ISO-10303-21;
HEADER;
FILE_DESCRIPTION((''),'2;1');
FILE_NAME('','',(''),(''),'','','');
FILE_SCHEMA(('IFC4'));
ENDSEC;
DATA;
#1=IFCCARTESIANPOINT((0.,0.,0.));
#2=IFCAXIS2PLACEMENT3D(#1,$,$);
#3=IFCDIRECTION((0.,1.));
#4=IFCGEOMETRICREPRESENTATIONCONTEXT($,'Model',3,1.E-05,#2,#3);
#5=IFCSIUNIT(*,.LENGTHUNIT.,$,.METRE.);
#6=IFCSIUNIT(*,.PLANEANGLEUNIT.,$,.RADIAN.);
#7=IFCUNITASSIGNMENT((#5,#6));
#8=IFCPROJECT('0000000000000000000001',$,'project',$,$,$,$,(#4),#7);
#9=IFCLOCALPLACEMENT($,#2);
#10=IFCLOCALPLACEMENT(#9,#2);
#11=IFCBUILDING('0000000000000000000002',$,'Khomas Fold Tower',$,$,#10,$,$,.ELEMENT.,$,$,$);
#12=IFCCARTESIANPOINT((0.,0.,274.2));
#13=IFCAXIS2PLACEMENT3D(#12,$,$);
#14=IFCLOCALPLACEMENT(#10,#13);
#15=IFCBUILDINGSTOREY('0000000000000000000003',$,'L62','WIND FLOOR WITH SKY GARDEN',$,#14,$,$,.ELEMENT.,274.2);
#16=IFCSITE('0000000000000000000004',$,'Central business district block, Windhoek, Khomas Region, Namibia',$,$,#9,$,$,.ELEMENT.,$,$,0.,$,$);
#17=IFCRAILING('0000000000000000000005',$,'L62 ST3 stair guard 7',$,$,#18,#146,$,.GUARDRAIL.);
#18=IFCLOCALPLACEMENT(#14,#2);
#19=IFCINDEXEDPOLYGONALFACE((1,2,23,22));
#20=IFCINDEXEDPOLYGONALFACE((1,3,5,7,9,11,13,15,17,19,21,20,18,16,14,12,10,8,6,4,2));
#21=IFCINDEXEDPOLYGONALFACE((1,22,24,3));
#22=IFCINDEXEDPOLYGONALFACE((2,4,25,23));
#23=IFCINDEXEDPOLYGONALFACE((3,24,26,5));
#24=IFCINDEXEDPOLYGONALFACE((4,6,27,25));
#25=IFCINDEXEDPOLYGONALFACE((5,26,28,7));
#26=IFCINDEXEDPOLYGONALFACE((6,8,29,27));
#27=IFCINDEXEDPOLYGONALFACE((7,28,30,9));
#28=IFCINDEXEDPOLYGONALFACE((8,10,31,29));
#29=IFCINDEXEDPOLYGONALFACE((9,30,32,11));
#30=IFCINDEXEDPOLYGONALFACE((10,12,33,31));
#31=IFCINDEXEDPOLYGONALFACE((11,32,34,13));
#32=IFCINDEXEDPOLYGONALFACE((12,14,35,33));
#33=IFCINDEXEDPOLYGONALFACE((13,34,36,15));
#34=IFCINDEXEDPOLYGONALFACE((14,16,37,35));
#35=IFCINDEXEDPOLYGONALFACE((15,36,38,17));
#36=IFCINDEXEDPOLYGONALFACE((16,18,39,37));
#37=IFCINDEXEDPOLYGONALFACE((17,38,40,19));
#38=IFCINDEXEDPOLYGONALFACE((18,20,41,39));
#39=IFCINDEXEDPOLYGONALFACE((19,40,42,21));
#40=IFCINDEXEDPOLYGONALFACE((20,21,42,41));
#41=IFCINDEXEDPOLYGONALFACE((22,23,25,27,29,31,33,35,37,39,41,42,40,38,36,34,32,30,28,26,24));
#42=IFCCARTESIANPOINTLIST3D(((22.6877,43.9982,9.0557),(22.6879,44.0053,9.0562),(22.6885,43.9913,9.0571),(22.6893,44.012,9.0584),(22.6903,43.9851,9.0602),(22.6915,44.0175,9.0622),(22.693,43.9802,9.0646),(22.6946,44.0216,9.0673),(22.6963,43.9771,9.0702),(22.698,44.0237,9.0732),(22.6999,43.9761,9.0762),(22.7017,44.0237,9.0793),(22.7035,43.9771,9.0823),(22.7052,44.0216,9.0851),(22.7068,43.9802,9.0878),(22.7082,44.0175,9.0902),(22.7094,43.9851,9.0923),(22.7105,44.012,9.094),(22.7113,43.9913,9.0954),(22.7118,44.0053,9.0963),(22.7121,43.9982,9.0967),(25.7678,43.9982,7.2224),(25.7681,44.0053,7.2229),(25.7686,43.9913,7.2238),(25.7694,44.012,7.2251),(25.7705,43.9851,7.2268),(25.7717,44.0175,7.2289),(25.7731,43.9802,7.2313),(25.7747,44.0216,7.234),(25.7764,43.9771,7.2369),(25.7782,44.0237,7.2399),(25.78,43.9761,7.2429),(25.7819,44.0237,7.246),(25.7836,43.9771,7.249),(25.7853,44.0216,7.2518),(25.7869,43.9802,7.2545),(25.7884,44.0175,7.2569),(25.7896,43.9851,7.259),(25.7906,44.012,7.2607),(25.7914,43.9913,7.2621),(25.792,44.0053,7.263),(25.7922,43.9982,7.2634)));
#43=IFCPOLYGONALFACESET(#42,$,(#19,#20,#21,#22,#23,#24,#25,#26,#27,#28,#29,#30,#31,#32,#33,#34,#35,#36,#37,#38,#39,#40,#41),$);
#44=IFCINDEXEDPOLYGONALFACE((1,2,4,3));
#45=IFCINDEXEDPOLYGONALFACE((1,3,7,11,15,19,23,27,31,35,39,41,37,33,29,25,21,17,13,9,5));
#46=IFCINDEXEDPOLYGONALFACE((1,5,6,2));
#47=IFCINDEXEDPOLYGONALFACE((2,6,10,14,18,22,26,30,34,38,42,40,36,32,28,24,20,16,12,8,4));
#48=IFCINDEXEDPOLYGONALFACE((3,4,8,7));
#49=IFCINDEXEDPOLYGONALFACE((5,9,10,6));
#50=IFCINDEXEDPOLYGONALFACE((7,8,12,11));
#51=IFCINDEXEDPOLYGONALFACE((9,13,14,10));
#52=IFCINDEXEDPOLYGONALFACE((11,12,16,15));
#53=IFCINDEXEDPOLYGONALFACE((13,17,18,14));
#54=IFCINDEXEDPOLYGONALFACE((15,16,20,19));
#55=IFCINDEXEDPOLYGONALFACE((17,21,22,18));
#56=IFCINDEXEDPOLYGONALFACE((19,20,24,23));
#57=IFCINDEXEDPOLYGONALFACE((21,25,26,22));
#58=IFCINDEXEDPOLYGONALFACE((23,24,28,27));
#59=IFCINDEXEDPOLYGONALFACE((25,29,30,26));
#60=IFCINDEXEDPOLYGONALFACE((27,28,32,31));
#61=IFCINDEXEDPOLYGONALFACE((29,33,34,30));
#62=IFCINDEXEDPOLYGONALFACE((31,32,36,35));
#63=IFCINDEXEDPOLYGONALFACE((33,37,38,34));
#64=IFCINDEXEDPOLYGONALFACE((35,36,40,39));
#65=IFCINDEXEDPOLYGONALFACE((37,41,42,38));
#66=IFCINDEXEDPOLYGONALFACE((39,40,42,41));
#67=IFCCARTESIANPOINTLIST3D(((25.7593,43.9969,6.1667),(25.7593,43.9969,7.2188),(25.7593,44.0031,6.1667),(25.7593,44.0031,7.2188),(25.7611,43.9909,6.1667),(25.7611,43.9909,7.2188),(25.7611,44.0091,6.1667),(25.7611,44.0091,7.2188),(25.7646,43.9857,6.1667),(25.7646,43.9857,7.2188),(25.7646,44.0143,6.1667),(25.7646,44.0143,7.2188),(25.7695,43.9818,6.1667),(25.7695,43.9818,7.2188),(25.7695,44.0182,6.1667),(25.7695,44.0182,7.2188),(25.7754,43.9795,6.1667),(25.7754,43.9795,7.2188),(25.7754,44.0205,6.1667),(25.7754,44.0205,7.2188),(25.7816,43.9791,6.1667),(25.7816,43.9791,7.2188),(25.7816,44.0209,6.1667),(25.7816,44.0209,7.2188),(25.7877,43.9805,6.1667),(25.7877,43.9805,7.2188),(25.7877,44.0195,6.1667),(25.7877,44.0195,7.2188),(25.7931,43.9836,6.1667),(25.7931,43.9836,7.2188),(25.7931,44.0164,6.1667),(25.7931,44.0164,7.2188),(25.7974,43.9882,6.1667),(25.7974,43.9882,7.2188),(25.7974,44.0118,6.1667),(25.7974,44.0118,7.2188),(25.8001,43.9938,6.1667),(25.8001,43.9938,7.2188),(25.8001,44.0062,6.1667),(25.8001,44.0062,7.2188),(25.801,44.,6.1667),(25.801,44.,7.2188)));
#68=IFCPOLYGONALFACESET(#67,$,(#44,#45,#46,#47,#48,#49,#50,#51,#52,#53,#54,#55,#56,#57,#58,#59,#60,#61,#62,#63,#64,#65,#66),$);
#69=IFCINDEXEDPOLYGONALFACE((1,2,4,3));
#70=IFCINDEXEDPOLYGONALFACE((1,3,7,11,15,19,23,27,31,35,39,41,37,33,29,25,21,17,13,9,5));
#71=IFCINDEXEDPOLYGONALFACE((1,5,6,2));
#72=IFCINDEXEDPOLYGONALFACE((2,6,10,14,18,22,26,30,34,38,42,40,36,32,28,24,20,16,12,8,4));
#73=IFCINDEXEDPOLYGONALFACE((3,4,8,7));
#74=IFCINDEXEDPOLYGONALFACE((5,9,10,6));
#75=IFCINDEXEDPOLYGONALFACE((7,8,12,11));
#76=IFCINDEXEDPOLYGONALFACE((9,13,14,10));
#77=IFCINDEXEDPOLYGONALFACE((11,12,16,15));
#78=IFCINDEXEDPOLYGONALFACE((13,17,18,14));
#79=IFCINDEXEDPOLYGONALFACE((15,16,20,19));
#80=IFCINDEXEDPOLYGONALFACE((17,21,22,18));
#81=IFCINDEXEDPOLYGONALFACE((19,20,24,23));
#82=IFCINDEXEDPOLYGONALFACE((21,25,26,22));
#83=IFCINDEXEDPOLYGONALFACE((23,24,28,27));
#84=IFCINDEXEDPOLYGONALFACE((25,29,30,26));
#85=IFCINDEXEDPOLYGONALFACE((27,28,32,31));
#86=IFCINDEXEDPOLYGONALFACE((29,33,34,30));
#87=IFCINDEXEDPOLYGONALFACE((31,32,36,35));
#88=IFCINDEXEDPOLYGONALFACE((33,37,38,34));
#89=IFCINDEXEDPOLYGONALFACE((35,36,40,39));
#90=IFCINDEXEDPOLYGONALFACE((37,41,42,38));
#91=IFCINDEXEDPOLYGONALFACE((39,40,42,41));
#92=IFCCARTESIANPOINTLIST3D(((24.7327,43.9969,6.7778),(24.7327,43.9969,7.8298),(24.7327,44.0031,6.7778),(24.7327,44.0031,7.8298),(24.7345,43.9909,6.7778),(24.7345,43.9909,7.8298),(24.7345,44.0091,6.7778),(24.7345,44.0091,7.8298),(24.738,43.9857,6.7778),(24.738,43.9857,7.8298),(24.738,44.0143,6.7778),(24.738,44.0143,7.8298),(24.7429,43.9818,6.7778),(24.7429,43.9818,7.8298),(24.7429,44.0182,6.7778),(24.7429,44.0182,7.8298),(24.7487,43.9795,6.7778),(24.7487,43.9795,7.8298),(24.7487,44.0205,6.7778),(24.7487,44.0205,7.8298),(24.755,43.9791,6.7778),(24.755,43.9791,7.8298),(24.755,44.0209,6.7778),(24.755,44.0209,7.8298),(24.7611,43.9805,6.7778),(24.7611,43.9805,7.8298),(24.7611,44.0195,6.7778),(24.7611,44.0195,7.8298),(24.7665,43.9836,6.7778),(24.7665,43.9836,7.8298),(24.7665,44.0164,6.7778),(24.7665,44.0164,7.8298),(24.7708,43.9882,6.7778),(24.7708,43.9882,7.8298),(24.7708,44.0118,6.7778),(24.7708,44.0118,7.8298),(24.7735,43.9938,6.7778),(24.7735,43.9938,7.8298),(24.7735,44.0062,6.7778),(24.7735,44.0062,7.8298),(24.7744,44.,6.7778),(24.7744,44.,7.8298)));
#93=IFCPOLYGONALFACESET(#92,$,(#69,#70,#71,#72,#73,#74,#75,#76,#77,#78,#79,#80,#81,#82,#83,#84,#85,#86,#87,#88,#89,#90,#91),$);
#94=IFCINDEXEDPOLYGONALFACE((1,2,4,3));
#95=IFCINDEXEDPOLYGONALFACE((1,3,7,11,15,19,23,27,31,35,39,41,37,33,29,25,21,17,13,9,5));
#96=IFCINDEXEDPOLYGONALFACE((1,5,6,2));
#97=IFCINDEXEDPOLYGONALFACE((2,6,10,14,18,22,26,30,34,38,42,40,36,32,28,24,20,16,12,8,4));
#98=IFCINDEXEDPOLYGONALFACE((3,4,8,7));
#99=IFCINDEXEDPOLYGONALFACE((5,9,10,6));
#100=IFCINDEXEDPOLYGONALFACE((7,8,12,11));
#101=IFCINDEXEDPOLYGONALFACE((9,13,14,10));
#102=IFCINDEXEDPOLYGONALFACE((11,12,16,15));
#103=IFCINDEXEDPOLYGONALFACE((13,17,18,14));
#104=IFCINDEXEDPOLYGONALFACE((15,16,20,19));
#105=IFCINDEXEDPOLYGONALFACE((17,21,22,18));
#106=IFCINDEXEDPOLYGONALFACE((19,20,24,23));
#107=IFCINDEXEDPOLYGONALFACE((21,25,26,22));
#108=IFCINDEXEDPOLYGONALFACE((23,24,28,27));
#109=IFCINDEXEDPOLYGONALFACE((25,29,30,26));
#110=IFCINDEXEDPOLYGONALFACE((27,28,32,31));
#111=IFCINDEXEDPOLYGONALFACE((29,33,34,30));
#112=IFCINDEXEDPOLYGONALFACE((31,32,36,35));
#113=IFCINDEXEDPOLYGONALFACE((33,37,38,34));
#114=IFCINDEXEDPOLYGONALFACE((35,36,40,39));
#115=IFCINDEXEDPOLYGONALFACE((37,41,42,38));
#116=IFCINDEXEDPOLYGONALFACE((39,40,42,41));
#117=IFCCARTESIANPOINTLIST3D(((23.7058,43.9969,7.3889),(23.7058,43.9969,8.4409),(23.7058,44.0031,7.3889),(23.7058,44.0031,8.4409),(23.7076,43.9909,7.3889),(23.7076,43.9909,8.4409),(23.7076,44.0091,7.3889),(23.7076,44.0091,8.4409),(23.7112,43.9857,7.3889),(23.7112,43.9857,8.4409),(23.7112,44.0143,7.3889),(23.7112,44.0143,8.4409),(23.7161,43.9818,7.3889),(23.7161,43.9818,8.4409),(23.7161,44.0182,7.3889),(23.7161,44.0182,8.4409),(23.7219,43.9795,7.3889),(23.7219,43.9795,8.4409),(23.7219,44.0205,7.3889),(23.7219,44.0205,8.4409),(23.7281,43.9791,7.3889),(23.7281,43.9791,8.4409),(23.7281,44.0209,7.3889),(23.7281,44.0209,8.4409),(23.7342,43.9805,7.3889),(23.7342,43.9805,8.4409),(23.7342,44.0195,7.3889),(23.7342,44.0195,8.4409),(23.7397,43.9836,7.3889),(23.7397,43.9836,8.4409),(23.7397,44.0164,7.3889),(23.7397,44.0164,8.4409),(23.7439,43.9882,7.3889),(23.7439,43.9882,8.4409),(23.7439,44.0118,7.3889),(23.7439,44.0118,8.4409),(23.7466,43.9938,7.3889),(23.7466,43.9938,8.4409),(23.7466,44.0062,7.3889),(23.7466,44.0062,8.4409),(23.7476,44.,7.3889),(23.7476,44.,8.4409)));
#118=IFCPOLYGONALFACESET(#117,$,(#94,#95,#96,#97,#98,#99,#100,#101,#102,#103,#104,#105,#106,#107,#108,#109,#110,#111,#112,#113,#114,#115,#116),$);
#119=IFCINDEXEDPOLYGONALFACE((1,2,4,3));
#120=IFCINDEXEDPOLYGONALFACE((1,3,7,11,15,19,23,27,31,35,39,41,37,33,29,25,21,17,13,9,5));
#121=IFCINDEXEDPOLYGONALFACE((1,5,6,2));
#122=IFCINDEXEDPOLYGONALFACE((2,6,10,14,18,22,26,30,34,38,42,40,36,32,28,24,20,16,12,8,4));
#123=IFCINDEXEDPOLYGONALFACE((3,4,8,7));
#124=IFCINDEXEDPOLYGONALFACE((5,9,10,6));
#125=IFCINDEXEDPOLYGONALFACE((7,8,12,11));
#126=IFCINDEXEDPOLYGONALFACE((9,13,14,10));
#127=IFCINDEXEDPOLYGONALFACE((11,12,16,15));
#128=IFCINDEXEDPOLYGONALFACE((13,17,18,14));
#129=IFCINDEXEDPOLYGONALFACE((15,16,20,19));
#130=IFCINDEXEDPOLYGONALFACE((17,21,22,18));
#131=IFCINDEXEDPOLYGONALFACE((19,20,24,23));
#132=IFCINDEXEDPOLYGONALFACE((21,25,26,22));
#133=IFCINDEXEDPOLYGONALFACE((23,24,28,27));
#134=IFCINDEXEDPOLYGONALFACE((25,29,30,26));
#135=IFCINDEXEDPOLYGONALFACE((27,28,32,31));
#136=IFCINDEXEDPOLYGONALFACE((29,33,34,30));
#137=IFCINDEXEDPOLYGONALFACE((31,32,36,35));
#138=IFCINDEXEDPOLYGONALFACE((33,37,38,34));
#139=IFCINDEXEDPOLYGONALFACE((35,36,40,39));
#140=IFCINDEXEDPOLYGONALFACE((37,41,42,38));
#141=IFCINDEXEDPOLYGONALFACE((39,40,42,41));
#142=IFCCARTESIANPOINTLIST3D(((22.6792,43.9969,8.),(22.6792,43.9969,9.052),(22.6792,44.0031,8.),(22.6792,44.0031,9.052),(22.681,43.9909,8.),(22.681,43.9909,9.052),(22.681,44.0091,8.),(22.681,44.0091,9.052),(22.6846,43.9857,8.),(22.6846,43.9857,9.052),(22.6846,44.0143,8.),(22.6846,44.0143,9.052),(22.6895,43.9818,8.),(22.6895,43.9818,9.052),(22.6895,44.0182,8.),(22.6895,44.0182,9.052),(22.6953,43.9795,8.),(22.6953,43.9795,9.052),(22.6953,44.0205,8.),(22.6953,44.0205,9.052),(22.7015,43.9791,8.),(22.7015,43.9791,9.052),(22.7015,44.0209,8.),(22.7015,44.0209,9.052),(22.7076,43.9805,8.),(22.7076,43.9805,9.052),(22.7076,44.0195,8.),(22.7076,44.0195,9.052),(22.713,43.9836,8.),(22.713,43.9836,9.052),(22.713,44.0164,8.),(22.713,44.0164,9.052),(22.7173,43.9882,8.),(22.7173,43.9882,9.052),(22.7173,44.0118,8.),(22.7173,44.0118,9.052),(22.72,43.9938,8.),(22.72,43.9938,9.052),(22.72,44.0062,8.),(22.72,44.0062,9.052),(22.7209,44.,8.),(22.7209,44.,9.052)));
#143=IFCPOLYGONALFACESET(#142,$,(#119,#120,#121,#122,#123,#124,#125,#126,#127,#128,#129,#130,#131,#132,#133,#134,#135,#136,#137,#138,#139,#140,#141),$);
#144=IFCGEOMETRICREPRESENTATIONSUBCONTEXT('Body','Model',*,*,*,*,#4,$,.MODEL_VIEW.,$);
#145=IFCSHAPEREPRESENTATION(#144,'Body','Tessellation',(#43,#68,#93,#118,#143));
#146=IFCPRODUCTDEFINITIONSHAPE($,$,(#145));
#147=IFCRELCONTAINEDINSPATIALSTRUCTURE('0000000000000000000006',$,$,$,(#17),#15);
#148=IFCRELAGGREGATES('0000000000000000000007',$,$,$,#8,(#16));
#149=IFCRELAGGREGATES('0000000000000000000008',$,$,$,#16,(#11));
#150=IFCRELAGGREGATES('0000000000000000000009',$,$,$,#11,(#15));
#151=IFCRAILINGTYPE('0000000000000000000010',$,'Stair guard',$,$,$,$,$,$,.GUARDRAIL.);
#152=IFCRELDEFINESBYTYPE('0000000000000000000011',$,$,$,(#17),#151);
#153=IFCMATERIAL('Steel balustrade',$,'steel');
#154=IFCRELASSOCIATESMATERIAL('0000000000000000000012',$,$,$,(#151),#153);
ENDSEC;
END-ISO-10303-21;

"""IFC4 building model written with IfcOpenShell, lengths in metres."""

from ifc_helpers import new_model, si_unit, direction, frame, origin, origin_2d, place, context, subcontext, project, spatial, circle, extrude, source, transform, mapped, material, type_object, element, save


model = new_model("IFC4")

# Units and contexts
model_context = context("Model", 3, precision=1e-05, world=origin(), true_north=direction((0.0, 1.0)))
body_context = subcontext(model_context, "Body", "Model", "MODEL_VIEW")
ifc_project = project(units=[si_unit("LENGTHUNIT", "METRE"), si_unit("PLANEANGLEUNIT", "RADIAN")], contexts=[model_context])

# Site, building, storey
site_placement = place(None, origin())
site = spatial("IfcSite", under=ifc_project, at=site_placement, Name="Central business district block, Windhoek, Khomas Region, Namibia", CompositionType="ELEMENT", RefElevation=0.0)
building_placement = place(site_placement, origin())
building = spatial("IfcBuilding", under=site, at=building_placement, Name="Khomas Fold Tower", CompositionType="ELEMENT")
storey_placement = place(building_placement, frame((0.0, 0.0, 274.2)))
storey = spatial("IfcBuildingStorey", under=building, at=storey_placement, Name="L62", Description="WIND FLOOR WITH SKY GARDEN", CompositionType="ELEMENT", Elevation=274.2)

# Railing
ifc_material_1 = material(Name="Steel balustrade", Category="steel")
railing_type_1 = type_object("IfcRailingType", Name="Stair guard", PredefinedType="GUARDRAIL", material=ifc_material_1)
shared_shape_1 = source(origin(), body_context, "Body", "SweptSolid", [
    extrude(circle(Radius=0.0239, at=origin_2d()), frame((0.0, 0.0, 1.0762), z_axis=(-0.859309, 0.0, 0.511458), x_axis=(0.0, -1.0, 0.0)), (0.0, 0.0, 1.0), 3.5845),
    extrude(circle(Radius=0.021, at=origin_2d()), origin(), (0.0, 0.0, 1.0), 1.052),
    extrude(circle(Radius=0.021, at=origin_2d()), frame((-1.0266, 0.0, 0.6111)), (0.0, 0.0, 1.0), 1.052),
    extrude(circle(Radius=0.021, at=origin_2d()), frame((-2.0535, 0.0, 1.2222)), (0.0, 0.0, 1.0), 1.052),
    extrude(circle(Radius=0.021, at=origin_2d()), frame((-3.0801, 0.0, 1.8333)), (0.0, 0.0, 1.0), 1.052),
])
for number, where, name in (
    (1, (25.78, 44.0, 6.1667), "L62 ST3 stair guard 7"),
):
    element("IfcRailing", number, at=place(storey_placement, frame(where)), inside=storey, type_object=railing_type_1, Name=name, PredefinedType="GUARDRAIL", context=body_context, shape_type="MappedRepresentation", body=[
        mapped(shared_shape_1, transform((0.0, 0.0, 0.0))),
    ])

save(model, "model.ifc")
